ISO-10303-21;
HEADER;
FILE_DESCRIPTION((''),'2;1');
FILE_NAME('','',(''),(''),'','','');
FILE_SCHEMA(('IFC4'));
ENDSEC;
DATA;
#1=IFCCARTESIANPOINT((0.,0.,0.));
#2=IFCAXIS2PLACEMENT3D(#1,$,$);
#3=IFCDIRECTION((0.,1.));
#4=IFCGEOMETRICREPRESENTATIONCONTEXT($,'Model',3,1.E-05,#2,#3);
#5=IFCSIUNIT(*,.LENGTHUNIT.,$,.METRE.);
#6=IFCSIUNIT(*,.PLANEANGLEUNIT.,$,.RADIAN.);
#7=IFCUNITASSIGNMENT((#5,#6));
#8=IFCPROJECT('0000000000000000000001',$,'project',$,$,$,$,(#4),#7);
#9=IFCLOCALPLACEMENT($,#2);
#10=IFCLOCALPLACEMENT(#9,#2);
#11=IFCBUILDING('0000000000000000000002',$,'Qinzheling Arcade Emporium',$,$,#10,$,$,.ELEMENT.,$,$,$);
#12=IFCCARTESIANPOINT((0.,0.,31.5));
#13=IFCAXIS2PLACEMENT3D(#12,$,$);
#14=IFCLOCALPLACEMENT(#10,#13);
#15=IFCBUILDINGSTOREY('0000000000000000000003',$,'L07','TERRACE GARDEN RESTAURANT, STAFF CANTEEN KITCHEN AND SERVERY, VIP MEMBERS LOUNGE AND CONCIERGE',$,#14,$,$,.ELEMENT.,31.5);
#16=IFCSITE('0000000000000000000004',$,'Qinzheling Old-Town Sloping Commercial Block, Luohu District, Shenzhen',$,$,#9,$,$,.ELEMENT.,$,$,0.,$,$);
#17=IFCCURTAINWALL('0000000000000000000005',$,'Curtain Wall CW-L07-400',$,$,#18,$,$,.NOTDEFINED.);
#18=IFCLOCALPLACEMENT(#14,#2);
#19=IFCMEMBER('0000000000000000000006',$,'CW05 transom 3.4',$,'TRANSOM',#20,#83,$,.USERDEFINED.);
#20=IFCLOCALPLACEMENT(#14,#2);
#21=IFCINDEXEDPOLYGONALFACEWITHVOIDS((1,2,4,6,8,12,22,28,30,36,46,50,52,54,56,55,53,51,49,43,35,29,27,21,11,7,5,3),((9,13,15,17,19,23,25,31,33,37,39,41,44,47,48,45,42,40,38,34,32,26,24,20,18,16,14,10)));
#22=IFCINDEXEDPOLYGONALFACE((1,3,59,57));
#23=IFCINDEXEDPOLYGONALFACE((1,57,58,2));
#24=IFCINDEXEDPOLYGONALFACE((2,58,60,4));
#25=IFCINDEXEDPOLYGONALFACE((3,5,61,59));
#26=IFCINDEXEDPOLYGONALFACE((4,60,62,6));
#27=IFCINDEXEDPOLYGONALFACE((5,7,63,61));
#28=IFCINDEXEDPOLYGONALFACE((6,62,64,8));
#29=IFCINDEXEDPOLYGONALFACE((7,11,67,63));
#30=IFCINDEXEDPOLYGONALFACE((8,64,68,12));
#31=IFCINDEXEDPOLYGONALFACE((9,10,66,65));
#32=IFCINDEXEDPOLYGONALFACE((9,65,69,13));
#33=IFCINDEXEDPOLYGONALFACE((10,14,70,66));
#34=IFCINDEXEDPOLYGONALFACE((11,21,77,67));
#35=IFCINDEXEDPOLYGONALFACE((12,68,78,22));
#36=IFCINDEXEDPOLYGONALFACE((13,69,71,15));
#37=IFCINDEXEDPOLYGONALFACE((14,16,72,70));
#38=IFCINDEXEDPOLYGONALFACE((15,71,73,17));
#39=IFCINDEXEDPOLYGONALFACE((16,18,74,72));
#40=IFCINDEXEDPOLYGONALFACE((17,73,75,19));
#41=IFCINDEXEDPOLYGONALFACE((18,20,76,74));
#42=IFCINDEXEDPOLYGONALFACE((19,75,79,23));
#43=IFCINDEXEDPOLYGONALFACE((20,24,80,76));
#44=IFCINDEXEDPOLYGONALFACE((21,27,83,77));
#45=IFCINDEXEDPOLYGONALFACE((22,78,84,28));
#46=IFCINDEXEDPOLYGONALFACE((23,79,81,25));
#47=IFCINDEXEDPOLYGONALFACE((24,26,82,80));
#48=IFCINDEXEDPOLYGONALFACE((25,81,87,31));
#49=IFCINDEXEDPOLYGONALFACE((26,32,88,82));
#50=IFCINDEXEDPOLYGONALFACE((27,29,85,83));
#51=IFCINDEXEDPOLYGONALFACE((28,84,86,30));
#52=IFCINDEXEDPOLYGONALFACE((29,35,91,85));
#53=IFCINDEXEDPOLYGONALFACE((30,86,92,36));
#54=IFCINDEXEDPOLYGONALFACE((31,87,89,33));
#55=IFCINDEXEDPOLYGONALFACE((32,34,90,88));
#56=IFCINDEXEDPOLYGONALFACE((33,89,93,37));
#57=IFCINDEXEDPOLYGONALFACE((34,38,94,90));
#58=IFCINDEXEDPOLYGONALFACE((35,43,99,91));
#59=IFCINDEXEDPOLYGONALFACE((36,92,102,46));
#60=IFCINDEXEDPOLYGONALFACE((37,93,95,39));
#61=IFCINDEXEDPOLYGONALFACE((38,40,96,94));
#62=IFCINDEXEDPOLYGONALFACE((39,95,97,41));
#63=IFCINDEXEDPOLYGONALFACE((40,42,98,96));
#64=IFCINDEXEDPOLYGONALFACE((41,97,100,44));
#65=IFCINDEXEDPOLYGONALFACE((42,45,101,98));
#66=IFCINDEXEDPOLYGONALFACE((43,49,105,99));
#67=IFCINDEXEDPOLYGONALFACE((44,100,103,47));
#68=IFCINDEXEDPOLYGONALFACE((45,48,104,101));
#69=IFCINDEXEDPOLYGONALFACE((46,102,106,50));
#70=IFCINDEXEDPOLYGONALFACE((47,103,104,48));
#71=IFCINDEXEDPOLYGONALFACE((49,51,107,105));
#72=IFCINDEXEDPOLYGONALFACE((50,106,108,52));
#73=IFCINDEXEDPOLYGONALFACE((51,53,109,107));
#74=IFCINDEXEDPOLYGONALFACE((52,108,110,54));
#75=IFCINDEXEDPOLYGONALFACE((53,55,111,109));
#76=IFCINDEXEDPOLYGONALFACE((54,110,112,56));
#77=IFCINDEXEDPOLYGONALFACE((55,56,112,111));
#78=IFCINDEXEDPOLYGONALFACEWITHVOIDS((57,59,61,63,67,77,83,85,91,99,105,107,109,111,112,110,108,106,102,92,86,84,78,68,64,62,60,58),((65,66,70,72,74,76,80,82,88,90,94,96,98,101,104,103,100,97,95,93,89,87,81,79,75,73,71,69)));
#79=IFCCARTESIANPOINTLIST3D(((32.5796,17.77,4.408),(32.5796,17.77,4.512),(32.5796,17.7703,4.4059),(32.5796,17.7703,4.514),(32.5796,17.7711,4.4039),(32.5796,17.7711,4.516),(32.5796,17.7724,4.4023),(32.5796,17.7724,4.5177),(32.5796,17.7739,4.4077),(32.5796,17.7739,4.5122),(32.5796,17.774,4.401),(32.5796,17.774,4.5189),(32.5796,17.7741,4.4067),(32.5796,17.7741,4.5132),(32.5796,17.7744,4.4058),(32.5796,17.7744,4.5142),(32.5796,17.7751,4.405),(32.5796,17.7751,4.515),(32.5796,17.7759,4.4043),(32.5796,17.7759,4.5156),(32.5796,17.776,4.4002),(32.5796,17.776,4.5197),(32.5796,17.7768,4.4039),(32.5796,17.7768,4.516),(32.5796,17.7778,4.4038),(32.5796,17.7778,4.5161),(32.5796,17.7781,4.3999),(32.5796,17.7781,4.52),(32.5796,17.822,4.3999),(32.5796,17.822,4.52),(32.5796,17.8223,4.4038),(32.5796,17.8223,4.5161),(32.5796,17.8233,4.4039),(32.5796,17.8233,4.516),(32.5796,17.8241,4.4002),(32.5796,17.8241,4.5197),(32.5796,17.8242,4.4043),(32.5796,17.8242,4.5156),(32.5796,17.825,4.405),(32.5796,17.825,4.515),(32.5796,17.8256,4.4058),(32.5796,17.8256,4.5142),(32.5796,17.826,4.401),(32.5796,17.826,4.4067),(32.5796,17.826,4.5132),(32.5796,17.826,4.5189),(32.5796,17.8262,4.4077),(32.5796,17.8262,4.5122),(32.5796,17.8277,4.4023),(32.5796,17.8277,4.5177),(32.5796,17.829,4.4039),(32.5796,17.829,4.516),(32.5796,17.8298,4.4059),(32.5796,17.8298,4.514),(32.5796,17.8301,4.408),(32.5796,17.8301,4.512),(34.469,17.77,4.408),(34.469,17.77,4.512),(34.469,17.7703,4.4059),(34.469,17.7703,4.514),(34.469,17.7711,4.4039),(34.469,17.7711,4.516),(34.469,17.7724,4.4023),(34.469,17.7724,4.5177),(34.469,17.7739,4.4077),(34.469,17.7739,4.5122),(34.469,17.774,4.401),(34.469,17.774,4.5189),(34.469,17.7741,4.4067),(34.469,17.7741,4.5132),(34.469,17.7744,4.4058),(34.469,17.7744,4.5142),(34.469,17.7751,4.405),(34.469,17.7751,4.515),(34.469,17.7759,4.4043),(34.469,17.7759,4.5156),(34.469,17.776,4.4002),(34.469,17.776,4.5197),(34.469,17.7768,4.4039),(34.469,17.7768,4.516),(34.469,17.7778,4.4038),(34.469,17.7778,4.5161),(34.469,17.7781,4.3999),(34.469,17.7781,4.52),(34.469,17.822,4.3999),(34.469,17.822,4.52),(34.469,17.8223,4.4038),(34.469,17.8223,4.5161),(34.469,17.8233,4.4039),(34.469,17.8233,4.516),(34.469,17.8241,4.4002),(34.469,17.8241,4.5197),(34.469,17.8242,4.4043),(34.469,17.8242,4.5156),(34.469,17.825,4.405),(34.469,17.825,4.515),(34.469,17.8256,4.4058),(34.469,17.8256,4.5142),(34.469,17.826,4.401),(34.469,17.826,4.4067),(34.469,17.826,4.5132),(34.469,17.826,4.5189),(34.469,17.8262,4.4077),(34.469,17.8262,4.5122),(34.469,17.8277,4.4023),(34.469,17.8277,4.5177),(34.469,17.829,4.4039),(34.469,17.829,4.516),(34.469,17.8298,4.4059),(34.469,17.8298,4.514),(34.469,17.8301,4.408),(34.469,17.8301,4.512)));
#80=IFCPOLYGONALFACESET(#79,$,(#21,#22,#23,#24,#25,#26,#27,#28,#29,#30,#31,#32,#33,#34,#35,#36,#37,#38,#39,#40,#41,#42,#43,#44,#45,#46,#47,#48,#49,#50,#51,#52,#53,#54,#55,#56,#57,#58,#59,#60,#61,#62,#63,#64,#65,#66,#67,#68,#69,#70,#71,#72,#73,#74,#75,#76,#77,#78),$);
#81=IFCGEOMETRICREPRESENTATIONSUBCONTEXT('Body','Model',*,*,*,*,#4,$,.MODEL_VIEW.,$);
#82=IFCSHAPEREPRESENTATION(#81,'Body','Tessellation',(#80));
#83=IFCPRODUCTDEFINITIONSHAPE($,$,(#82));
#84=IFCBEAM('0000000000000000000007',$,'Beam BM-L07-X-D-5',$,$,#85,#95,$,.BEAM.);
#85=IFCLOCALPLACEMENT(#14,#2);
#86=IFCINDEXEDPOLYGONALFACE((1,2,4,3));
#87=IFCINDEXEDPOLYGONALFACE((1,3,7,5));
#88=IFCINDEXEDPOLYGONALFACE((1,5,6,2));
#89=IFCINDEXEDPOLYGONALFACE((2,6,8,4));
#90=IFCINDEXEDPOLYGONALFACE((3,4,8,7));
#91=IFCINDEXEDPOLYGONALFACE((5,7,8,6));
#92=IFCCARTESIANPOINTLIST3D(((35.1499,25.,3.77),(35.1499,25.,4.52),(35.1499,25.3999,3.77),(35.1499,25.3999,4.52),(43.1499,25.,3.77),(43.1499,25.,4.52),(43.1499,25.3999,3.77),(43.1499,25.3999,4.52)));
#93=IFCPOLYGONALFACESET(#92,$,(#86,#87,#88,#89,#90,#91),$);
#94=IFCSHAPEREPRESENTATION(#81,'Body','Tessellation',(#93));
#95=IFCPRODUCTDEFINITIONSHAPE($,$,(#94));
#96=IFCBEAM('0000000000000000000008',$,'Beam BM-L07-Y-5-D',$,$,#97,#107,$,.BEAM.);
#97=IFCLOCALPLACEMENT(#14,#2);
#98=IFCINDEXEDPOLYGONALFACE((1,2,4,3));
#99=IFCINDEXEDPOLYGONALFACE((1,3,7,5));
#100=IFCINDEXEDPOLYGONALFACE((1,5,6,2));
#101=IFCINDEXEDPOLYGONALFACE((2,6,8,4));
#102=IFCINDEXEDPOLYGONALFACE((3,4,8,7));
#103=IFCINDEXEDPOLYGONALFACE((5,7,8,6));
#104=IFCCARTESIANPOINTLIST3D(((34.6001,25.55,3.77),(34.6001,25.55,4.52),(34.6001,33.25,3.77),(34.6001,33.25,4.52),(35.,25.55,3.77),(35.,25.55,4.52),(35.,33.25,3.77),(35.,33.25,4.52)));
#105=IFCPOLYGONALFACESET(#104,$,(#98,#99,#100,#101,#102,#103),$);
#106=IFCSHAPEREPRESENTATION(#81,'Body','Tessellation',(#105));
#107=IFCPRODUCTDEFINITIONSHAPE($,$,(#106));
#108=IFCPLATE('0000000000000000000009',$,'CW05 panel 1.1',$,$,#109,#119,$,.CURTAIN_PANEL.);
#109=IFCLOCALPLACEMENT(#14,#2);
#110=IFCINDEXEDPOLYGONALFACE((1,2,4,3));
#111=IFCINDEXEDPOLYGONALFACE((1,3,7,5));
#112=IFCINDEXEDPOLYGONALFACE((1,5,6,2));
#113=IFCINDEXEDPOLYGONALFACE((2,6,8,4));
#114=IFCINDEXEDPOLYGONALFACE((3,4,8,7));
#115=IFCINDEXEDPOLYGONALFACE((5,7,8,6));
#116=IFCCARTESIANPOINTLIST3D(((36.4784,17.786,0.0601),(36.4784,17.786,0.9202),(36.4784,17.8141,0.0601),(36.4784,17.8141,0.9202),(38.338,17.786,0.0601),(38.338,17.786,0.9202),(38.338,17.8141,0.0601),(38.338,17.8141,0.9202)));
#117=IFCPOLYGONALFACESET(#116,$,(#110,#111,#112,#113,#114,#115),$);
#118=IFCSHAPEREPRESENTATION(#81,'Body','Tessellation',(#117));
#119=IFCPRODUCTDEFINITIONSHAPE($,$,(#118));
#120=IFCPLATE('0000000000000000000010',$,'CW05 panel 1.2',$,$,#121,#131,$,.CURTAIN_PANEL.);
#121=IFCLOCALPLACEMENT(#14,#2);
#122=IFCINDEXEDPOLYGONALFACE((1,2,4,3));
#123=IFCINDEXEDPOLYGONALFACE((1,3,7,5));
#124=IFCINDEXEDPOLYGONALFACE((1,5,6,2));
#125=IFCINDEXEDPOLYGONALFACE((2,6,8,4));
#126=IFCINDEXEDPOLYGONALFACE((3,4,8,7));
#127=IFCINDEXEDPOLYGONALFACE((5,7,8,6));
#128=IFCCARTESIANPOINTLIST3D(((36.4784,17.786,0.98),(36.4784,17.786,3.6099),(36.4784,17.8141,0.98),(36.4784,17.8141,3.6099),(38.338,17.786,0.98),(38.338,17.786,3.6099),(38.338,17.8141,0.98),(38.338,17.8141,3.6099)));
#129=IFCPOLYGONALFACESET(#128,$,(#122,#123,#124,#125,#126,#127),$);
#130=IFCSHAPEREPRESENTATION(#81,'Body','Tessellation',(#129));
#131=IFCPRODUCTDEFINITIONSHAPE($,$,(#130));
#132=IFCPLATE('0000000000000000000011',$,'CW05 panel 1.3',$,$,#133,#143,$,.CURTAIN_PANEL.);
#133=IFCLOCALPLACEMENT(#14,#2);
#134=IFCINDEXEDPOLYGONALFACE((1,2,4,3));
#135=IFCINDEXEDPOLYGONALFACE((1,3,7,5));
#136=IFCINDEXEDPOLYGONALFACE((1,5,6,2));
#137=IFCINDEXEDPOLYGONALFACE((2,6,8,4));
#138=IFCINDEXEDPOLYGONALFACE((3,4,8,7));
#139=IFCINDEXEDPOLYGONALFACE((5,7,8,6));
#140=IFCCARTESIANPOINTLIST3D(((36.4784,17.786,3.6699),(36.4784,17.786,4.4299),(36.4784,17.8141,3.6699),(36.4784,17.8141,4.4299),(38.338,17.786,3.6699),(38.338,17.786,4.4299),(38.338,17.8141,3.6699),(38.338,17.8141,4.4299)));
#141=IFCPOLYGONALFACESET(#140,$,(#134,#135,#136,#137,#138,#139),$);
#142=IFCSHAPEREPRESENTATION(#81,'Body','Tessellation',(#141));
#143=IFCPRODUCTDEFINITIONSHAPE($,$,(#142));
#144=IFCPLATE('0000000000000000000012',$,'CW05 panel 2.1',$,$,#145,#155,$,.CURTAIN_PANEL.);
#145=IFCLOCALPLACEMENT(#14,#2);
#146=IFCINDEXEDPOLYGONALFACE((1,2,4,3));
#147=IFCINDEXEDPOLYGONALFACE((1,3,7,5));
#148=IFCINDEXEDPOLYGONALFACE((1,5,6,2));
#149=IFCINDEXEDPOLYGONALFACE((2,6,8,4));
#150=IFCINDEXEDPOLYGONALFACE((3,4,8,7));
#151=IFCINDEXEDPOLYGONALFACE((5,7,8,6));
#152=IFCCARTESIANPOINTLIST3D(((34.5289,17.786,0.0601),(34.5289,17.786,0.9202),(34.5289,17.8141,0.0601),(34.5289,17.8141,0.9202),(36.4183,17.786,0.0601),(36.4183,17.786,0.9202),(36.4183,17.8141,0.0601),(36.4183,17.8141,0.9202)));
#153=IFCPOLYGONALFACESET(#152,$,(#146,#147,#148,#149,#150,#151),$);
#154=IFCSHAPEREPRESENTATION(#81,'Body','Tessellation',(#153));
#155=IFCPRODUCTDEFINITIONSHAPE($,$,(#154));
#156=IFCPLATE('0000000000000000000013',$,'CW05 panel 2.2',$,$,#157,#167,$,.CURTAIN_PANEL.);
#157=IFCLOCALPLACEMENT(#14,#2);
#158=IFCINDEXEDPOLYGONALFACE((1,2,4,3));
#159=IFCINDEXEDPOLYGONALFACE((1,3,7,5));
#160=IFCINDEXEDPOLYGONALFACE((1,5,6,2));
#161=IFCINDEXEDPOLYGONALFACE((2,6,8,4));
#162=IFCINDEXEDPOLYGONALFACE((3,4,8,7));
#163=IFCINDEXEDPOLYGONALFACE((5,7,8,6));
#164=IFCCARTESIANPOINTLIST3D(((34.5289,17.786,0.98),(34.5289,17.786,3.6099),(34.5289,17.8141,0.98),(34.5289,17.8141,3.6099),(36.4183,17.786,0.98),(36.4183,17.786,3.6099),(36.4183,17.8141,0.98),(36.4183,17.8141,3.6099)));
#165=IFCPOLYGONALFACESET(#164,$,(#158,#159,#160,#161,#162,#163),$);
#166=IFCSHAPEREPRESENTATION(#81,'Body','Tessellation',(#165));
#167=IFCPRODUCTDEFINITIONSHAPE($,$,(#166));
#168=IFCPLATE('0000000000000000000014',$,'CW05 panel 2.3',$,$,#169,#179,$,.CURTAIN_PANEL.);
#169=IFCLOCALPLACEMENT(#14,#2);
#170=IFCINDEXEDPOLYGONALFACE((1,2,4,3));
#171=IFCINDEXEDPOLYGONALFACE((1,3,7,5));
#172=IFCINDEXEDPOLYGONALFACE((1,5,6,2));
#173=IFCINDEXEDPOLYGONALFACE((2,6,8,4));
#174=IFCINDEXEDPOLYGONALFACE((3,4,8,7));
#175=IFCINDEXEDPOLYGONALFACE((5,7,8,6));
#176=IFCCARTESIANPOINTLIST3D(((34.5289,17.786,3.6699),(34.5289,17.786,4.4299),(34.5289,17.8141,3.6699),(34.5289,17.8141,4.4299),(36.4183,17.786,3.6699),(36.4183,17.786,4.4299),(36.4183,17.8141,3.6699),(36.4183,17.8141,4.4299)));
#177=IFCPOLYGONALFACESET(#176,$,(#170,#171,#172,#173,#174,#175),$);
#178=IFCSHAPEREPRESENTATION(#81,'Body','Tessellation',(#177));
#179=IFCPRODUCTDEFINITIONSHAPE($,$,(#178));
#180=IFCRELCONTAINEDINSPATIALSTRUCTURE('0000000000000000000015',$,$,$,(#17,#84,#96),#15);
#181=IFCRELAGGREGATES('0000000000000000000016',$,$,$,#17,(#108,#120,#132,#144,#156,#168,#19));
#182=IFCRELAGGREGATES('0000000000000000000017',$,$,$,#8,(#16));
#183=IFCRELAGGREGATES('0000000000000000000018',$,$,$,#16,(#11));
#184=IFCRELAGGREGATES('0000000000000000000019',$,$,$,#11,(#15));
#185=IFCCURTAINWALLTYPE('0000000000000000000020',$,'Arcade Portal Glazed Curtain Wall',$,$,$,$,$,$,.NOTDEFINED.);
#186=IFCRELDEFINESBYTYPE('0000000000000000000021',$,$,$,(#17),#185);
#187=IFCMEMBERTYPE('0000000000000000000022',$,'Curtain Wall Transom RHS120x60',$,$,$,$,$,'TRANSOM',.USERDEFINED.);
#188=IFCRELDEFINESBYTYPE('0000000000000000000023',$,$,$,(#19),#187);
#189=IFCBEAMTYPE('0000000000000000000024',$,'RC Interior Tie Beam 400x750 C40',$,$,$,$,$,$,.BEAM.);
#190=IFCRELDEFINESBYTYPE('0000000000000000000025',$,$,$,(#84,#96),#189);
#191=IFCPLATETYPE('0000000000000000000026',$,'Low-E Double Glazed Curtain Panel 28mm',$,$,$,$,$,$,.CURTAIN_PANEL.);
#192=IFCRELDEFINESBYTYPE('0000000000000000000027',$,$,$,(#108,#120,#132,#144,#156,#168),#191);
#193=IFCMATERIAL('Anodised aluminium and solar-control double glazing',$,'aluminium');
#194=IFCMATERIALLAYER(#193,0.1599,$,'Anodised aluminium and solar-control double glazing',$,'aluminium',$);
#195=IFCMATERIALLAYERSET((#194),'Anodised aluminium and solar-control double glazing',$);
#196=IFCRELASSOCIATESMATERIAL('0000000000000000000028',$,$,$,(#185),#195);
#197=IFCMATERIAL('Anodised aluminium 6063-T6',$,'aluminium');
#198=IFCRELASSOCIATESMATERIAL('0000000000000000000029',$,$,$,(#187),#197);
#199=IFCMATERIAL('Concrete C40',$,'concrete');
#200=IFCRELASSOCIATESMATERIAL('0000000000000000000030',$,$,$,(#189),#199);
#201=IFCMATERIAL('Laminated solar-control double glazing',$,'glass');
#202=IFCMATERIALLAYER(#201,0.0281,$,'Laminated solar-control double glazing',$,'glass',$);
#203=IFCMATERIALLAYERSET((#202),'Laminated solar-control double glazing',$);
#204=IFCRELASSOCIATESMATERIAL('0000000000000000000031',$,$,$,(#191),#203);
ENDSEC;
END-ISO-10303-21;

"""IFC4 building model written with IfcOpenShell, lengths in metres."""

from ifc_helpers import new_model, si_unit, direction, frame, origin, origin_2d, place, context, subcontext, project, spatial, rectangle, hollow_rectangle, extrude, material, layer, layer_set, material_profile, profile_set, type_object, element, aggregate, save


model = new_model("IFC4")

# Units and contexts
model_context = context("Model", 3, precision=1e-05, world=origin(), true_north=direction((0.0, 1.0)))
body_context = subcontext(model_context, "Body", "Model", "MODEL_VIEW")
ifc_project = project(units=[si_unit("LENGTHUNIT", "METRE"), si_unit("PLANEANGLEUNIT", "RADIAN")], contexts=[model_context])

# Site, building, storey
site_placement = place(None, origin())
site = spatial("IfcSite", under=ifc_project, at=site_placement, Name="Qinzheling Old-Town Sloping Commercial Block, Luohu District, Shenzhen", CompositionType="ELEMENT", RefElevation=0.0)
building_placement = place(site_placement, origin())
building = spatial("IfcBuilding", under=site, at=building_placement, Name="Qinzheling Arcade Emporium", CompositionType="ELEMENT")
storey_placement = place(building_placement, frame((0.0, 0.0, 31.5)))
storey = spatial("IfcBuildingStorey", under=building, at=storey_placement, Name="L07", Description="TERRACE GARDEN RESTAURANT, STAFF CANTEEN KITCHEN AND SERVERY, VIP MEMBERS LOUNGE AND CONCIERGE", CompositionType="ELEMENT", Elevation=31.5)

# Shared definitions
ifc_material_1 = material(Name="Concrete C40", Category="concrete")

# Shared definitions
ifc_material_2 = material(Name="Anodised aluminium and solar-control double glazing", Category="aluminium")
ifc_layer_1 = layer(ifc_material_2, 0.1599, Name="Anodised aluminium and solar-control double glazing", Category="aluminium")
ifc_layer_set_1 = layer_set([ifc_layer_1], Name="Anodised aluminium and solar-control double glazing")
curtain_wall_type = type_object("IfcCurtainWallType", Name="Arcade Portal Glazed Curtain Wall", PredefinedType="NOTDEFINED", material=ifc_layer_set_1)
ifc_material_3 = material(Name="Anodised aluminium 6063-T6", Category="aluminium")

# Curtain wall, member
curtain_wall_1_placement = place(storey_placement, origin())
curtain_wall_1 = element("IfcCurtainWall", 1, at=curtain_wall_1_placement, inside=storey, type_object=curtain_wall_type, Name="Curtain Wall CW-L07-400", PredefinedType="NOTDEFINED")
ifc_material_profile_1 = material_profile(ifc_material_3, hollow_rectangle(XDim=0.0601, YDim=0.1201, WallThickness=0.0039, InnerFilletRadius=0.0039, OuterFilletRadius=0.0081, at=origin_2d()), Name="RHS 120x60x4", Category="aluminium")
ifc_profile_set_1 = profile_set([ifc_material_profile_1], Name="Anodised aluminium 6063-T6")
member_type_1 = type_object("IfcMemberType", Name="Curtain Wall Transom RHS120x60", ElementType="TRANSOM", PredefinedType="USERDEFINED", material=ifc_profile_set_1)
member_1_placement = place(storey_placement, frame((34.469, 17.8, 4.46), z_axis=(-1.0, 0.0, 0.0), x_axis=(0.0, -1.0, 0.0)))
member_1 = element("IfcMember", 2, at=member_1_placement, type_object=member_type_1, Name="CW05 transom 3.4", ObjectType="TRANSOM", PredefinedType="USERDEFINED", context=body_context, shape_type="SweptSolid", body=[
    extrude(hollow_rectangle(XDim=0.0601, YDim=0.1201, WallThickness=0.0039, InnerFilletRadius=0.0039, OuterFilletRadius=0.0081, at=origin_2d()), origin(), (0.0, 0.0, 1.0), 1.8894),
])

# Beams
ifc_material_profile_2 = material_profile(ifc_material_1, rectangle(XDim=0.3999, YDim=0.75, at=origin_2d()), Name="RC 400x750", Category="concrete")
ifc_profile_set_2 = profile_set([ifc_material_profile_2], Name="Concrete C40")
beam_type = type_object("IfcBeamType", Name="RC Interior Tie Beam 400x750 C40", PredefinedType="BEAM", material=ifc_profile_set_2)
beam_1_placement = place(storey_placement, frame((35.1499, 25.2, 4.145), z_axis=(1.0, 0.0, 0.0), x_axis=(0.0, 1.0, 0.0)))
element("IfcBeam", 3, at=beam_1_placement, inside=storey, type_object=beam_type, Name="Beam BM-L07-X-D-5", PredefinedType="BEAM", context=body_context, shape_type="SweptSolid", body=[
    extrude(rectangle(XDim=0.3999, YDim=0.75, at=origin_2d()), origin(), (0.0, 0.0, 1.0), 8.0),
])
beam_2_placement = place(storey_placement, frame((34.8, 25.55, 4.145), z_axis=(0.0, 1.0, 0.0), x_axis=(-1.0, 0.0, 0.0)))
element("IfcBeam", 4, at=beam_2_placement, inside=storey, type_object=beam_type, Name="Beam BM-L07-Y-5-D", PredefinedType="BEAM", context=body_context, shape_type="SweptSolid", body=[
    extrude(rectangle(XDim=0.3999, YDim=0.75, at=origin_2d()), origin(), (0.0, 0.0, 1.0), 7.7),
])

# Plates
ifc_material_4 = material(Name="Laminated solar-control double glazing", Category="glass")
ifc_layer_2 = layer(ifc_material_4, 0.0281, Name="Laminated solar-control double glazing", Category="glass")
ifc_layer_set_2 = layer_set([ifc_layer_2], Name="Laminated solar-control double glazing")
plate_type = type_object("IfcPlateType", Name="Low-E Double Glazed Curtain Panel 28mm", PredefinedType="CURTAIN_PANEL", material=ifc_layer_set_2)
plate_1_placement = place(storey_placement, frame((37.4082, 17.8, 0.0601), z_axis=(0.0, 0.0, 1.0), x_axis=(-1.0, 0.0, 0.0)))
plate_1 = element("IfcPlate", 5, at=plate_1_placement, type_object=plate_type, Name="CW05 panel 1.1", PredefinedType="CURTAIN_PANEL", context=body_context, shape_type="SweptSolid", body=[
    extrude(rectangle(XDim=1.8596, YDim=0.0281, at=origin_2d()), origin(), (0.0, 0.0, 1.0), 0.8601),
])
plate_2_placement = place(storey_placement, frame((37.4082, 17.8, 0.98), z_axis=(0.0, 0.0, 1.0), x_axis=(-1.0, 0.0, 0.0)))
plate_2 = element("IfcPlate", 6, at=plate_2_placement, type_object=plate_type, Name="CW05 panel 1.2", PredefinedType="CURTAIN_PANEL", context=body_context, shape_type="SweptSolid", body=[
    extrude(rectangle(XDim=1.8596, YDim=0.0281, at=origin_2d()), origin(), (0.0, 0.0, 1.0), 2.6299),
])
plate_3_placement = place(storey_placement, frame((37.4082, 17.8, 3.6699), z_axis=(0.0, 0.0, 1.0), x_axis=(-1.0, 0.0, 0.0)))
plate_3 = element("IfcPlate", 7, at=plate_3_placement, type_object=plate_type, Name="CW05 panel 1.3", PredefinedType="CURTAIN_PANEL", context=body_context, shape_type="SweptSolid", body=[
    extrude(rectangle(XDim=1.8596, YDim=0.0281, at=origin_2d()), origin(), (0.0, 0.0, 1.0), 0.76),
])
plate_4_placement = place(storey_placement, frame((35.4736, 17.8, 0.0601), z_axis=(0.0, 0.0, 1.0), x_axis=(-1.0, 0.0, 0.0)))
plate_4 = element("IfcPlate", 8, at=plate_4_placement, type_object=plate_type, Name="CW05 panel 2.1", PredefinedType="CURTAIN_PANEL", context=body_context, shape_type="SweptSolid", body=[
    extrude(rectangle(XDim=1.8894, YDim=0.0281, at=origin_2d()), origin(), (0.0, 0.0, 1.0), 0.8601),
])
plate_5_placement = place(storey_placement, frame((35.4736, 17.8, 0.98), z_axis=(0.0, 0.0, 1.0), x_axis=(-1.0, 0.0, 0.0)))
plate_5 = element("IfcPlate", 9, at=plate_5_placement, type_object=plate_type, Name="CW05 panel 2.2", PredefinedType="CURTAIN_PANEL", context=body_context, shape_type="SweptSolid", body=[
    extrude(rectangle(XDim=1.8894, YDim=0.0281, at=origin_2d()), origin(), (0.0, 0.0, 1.0), 2.6299),
])
plate_6_placement = place(storey_placement, frame((35.4736, 17.8, 3.6699), z_axis=(0.0, 0.0, 1.0), x_axis=(-1.0, 0.0, 0.0)))
plate_6 = element("IfcPlate", 10, at=plate_6_placement, type_object=plate_type, Name="CW05 panel 2.3", PredefinedType="CURTAIN_PANEL", context=body_context, shape_type="SweptSolid", body=[
    extrude(rectangle(XDim=1.8894, YDim=0.0281, at=origin_2d()), origin(), (0.0, 0.0, 1.0), 0.76),
])
aggregate(curtain_wall_1, [plate_1, plate_2, plate_3, plate_4, plate_5, plate_6, member_1])

save(model, "model.ifc")
